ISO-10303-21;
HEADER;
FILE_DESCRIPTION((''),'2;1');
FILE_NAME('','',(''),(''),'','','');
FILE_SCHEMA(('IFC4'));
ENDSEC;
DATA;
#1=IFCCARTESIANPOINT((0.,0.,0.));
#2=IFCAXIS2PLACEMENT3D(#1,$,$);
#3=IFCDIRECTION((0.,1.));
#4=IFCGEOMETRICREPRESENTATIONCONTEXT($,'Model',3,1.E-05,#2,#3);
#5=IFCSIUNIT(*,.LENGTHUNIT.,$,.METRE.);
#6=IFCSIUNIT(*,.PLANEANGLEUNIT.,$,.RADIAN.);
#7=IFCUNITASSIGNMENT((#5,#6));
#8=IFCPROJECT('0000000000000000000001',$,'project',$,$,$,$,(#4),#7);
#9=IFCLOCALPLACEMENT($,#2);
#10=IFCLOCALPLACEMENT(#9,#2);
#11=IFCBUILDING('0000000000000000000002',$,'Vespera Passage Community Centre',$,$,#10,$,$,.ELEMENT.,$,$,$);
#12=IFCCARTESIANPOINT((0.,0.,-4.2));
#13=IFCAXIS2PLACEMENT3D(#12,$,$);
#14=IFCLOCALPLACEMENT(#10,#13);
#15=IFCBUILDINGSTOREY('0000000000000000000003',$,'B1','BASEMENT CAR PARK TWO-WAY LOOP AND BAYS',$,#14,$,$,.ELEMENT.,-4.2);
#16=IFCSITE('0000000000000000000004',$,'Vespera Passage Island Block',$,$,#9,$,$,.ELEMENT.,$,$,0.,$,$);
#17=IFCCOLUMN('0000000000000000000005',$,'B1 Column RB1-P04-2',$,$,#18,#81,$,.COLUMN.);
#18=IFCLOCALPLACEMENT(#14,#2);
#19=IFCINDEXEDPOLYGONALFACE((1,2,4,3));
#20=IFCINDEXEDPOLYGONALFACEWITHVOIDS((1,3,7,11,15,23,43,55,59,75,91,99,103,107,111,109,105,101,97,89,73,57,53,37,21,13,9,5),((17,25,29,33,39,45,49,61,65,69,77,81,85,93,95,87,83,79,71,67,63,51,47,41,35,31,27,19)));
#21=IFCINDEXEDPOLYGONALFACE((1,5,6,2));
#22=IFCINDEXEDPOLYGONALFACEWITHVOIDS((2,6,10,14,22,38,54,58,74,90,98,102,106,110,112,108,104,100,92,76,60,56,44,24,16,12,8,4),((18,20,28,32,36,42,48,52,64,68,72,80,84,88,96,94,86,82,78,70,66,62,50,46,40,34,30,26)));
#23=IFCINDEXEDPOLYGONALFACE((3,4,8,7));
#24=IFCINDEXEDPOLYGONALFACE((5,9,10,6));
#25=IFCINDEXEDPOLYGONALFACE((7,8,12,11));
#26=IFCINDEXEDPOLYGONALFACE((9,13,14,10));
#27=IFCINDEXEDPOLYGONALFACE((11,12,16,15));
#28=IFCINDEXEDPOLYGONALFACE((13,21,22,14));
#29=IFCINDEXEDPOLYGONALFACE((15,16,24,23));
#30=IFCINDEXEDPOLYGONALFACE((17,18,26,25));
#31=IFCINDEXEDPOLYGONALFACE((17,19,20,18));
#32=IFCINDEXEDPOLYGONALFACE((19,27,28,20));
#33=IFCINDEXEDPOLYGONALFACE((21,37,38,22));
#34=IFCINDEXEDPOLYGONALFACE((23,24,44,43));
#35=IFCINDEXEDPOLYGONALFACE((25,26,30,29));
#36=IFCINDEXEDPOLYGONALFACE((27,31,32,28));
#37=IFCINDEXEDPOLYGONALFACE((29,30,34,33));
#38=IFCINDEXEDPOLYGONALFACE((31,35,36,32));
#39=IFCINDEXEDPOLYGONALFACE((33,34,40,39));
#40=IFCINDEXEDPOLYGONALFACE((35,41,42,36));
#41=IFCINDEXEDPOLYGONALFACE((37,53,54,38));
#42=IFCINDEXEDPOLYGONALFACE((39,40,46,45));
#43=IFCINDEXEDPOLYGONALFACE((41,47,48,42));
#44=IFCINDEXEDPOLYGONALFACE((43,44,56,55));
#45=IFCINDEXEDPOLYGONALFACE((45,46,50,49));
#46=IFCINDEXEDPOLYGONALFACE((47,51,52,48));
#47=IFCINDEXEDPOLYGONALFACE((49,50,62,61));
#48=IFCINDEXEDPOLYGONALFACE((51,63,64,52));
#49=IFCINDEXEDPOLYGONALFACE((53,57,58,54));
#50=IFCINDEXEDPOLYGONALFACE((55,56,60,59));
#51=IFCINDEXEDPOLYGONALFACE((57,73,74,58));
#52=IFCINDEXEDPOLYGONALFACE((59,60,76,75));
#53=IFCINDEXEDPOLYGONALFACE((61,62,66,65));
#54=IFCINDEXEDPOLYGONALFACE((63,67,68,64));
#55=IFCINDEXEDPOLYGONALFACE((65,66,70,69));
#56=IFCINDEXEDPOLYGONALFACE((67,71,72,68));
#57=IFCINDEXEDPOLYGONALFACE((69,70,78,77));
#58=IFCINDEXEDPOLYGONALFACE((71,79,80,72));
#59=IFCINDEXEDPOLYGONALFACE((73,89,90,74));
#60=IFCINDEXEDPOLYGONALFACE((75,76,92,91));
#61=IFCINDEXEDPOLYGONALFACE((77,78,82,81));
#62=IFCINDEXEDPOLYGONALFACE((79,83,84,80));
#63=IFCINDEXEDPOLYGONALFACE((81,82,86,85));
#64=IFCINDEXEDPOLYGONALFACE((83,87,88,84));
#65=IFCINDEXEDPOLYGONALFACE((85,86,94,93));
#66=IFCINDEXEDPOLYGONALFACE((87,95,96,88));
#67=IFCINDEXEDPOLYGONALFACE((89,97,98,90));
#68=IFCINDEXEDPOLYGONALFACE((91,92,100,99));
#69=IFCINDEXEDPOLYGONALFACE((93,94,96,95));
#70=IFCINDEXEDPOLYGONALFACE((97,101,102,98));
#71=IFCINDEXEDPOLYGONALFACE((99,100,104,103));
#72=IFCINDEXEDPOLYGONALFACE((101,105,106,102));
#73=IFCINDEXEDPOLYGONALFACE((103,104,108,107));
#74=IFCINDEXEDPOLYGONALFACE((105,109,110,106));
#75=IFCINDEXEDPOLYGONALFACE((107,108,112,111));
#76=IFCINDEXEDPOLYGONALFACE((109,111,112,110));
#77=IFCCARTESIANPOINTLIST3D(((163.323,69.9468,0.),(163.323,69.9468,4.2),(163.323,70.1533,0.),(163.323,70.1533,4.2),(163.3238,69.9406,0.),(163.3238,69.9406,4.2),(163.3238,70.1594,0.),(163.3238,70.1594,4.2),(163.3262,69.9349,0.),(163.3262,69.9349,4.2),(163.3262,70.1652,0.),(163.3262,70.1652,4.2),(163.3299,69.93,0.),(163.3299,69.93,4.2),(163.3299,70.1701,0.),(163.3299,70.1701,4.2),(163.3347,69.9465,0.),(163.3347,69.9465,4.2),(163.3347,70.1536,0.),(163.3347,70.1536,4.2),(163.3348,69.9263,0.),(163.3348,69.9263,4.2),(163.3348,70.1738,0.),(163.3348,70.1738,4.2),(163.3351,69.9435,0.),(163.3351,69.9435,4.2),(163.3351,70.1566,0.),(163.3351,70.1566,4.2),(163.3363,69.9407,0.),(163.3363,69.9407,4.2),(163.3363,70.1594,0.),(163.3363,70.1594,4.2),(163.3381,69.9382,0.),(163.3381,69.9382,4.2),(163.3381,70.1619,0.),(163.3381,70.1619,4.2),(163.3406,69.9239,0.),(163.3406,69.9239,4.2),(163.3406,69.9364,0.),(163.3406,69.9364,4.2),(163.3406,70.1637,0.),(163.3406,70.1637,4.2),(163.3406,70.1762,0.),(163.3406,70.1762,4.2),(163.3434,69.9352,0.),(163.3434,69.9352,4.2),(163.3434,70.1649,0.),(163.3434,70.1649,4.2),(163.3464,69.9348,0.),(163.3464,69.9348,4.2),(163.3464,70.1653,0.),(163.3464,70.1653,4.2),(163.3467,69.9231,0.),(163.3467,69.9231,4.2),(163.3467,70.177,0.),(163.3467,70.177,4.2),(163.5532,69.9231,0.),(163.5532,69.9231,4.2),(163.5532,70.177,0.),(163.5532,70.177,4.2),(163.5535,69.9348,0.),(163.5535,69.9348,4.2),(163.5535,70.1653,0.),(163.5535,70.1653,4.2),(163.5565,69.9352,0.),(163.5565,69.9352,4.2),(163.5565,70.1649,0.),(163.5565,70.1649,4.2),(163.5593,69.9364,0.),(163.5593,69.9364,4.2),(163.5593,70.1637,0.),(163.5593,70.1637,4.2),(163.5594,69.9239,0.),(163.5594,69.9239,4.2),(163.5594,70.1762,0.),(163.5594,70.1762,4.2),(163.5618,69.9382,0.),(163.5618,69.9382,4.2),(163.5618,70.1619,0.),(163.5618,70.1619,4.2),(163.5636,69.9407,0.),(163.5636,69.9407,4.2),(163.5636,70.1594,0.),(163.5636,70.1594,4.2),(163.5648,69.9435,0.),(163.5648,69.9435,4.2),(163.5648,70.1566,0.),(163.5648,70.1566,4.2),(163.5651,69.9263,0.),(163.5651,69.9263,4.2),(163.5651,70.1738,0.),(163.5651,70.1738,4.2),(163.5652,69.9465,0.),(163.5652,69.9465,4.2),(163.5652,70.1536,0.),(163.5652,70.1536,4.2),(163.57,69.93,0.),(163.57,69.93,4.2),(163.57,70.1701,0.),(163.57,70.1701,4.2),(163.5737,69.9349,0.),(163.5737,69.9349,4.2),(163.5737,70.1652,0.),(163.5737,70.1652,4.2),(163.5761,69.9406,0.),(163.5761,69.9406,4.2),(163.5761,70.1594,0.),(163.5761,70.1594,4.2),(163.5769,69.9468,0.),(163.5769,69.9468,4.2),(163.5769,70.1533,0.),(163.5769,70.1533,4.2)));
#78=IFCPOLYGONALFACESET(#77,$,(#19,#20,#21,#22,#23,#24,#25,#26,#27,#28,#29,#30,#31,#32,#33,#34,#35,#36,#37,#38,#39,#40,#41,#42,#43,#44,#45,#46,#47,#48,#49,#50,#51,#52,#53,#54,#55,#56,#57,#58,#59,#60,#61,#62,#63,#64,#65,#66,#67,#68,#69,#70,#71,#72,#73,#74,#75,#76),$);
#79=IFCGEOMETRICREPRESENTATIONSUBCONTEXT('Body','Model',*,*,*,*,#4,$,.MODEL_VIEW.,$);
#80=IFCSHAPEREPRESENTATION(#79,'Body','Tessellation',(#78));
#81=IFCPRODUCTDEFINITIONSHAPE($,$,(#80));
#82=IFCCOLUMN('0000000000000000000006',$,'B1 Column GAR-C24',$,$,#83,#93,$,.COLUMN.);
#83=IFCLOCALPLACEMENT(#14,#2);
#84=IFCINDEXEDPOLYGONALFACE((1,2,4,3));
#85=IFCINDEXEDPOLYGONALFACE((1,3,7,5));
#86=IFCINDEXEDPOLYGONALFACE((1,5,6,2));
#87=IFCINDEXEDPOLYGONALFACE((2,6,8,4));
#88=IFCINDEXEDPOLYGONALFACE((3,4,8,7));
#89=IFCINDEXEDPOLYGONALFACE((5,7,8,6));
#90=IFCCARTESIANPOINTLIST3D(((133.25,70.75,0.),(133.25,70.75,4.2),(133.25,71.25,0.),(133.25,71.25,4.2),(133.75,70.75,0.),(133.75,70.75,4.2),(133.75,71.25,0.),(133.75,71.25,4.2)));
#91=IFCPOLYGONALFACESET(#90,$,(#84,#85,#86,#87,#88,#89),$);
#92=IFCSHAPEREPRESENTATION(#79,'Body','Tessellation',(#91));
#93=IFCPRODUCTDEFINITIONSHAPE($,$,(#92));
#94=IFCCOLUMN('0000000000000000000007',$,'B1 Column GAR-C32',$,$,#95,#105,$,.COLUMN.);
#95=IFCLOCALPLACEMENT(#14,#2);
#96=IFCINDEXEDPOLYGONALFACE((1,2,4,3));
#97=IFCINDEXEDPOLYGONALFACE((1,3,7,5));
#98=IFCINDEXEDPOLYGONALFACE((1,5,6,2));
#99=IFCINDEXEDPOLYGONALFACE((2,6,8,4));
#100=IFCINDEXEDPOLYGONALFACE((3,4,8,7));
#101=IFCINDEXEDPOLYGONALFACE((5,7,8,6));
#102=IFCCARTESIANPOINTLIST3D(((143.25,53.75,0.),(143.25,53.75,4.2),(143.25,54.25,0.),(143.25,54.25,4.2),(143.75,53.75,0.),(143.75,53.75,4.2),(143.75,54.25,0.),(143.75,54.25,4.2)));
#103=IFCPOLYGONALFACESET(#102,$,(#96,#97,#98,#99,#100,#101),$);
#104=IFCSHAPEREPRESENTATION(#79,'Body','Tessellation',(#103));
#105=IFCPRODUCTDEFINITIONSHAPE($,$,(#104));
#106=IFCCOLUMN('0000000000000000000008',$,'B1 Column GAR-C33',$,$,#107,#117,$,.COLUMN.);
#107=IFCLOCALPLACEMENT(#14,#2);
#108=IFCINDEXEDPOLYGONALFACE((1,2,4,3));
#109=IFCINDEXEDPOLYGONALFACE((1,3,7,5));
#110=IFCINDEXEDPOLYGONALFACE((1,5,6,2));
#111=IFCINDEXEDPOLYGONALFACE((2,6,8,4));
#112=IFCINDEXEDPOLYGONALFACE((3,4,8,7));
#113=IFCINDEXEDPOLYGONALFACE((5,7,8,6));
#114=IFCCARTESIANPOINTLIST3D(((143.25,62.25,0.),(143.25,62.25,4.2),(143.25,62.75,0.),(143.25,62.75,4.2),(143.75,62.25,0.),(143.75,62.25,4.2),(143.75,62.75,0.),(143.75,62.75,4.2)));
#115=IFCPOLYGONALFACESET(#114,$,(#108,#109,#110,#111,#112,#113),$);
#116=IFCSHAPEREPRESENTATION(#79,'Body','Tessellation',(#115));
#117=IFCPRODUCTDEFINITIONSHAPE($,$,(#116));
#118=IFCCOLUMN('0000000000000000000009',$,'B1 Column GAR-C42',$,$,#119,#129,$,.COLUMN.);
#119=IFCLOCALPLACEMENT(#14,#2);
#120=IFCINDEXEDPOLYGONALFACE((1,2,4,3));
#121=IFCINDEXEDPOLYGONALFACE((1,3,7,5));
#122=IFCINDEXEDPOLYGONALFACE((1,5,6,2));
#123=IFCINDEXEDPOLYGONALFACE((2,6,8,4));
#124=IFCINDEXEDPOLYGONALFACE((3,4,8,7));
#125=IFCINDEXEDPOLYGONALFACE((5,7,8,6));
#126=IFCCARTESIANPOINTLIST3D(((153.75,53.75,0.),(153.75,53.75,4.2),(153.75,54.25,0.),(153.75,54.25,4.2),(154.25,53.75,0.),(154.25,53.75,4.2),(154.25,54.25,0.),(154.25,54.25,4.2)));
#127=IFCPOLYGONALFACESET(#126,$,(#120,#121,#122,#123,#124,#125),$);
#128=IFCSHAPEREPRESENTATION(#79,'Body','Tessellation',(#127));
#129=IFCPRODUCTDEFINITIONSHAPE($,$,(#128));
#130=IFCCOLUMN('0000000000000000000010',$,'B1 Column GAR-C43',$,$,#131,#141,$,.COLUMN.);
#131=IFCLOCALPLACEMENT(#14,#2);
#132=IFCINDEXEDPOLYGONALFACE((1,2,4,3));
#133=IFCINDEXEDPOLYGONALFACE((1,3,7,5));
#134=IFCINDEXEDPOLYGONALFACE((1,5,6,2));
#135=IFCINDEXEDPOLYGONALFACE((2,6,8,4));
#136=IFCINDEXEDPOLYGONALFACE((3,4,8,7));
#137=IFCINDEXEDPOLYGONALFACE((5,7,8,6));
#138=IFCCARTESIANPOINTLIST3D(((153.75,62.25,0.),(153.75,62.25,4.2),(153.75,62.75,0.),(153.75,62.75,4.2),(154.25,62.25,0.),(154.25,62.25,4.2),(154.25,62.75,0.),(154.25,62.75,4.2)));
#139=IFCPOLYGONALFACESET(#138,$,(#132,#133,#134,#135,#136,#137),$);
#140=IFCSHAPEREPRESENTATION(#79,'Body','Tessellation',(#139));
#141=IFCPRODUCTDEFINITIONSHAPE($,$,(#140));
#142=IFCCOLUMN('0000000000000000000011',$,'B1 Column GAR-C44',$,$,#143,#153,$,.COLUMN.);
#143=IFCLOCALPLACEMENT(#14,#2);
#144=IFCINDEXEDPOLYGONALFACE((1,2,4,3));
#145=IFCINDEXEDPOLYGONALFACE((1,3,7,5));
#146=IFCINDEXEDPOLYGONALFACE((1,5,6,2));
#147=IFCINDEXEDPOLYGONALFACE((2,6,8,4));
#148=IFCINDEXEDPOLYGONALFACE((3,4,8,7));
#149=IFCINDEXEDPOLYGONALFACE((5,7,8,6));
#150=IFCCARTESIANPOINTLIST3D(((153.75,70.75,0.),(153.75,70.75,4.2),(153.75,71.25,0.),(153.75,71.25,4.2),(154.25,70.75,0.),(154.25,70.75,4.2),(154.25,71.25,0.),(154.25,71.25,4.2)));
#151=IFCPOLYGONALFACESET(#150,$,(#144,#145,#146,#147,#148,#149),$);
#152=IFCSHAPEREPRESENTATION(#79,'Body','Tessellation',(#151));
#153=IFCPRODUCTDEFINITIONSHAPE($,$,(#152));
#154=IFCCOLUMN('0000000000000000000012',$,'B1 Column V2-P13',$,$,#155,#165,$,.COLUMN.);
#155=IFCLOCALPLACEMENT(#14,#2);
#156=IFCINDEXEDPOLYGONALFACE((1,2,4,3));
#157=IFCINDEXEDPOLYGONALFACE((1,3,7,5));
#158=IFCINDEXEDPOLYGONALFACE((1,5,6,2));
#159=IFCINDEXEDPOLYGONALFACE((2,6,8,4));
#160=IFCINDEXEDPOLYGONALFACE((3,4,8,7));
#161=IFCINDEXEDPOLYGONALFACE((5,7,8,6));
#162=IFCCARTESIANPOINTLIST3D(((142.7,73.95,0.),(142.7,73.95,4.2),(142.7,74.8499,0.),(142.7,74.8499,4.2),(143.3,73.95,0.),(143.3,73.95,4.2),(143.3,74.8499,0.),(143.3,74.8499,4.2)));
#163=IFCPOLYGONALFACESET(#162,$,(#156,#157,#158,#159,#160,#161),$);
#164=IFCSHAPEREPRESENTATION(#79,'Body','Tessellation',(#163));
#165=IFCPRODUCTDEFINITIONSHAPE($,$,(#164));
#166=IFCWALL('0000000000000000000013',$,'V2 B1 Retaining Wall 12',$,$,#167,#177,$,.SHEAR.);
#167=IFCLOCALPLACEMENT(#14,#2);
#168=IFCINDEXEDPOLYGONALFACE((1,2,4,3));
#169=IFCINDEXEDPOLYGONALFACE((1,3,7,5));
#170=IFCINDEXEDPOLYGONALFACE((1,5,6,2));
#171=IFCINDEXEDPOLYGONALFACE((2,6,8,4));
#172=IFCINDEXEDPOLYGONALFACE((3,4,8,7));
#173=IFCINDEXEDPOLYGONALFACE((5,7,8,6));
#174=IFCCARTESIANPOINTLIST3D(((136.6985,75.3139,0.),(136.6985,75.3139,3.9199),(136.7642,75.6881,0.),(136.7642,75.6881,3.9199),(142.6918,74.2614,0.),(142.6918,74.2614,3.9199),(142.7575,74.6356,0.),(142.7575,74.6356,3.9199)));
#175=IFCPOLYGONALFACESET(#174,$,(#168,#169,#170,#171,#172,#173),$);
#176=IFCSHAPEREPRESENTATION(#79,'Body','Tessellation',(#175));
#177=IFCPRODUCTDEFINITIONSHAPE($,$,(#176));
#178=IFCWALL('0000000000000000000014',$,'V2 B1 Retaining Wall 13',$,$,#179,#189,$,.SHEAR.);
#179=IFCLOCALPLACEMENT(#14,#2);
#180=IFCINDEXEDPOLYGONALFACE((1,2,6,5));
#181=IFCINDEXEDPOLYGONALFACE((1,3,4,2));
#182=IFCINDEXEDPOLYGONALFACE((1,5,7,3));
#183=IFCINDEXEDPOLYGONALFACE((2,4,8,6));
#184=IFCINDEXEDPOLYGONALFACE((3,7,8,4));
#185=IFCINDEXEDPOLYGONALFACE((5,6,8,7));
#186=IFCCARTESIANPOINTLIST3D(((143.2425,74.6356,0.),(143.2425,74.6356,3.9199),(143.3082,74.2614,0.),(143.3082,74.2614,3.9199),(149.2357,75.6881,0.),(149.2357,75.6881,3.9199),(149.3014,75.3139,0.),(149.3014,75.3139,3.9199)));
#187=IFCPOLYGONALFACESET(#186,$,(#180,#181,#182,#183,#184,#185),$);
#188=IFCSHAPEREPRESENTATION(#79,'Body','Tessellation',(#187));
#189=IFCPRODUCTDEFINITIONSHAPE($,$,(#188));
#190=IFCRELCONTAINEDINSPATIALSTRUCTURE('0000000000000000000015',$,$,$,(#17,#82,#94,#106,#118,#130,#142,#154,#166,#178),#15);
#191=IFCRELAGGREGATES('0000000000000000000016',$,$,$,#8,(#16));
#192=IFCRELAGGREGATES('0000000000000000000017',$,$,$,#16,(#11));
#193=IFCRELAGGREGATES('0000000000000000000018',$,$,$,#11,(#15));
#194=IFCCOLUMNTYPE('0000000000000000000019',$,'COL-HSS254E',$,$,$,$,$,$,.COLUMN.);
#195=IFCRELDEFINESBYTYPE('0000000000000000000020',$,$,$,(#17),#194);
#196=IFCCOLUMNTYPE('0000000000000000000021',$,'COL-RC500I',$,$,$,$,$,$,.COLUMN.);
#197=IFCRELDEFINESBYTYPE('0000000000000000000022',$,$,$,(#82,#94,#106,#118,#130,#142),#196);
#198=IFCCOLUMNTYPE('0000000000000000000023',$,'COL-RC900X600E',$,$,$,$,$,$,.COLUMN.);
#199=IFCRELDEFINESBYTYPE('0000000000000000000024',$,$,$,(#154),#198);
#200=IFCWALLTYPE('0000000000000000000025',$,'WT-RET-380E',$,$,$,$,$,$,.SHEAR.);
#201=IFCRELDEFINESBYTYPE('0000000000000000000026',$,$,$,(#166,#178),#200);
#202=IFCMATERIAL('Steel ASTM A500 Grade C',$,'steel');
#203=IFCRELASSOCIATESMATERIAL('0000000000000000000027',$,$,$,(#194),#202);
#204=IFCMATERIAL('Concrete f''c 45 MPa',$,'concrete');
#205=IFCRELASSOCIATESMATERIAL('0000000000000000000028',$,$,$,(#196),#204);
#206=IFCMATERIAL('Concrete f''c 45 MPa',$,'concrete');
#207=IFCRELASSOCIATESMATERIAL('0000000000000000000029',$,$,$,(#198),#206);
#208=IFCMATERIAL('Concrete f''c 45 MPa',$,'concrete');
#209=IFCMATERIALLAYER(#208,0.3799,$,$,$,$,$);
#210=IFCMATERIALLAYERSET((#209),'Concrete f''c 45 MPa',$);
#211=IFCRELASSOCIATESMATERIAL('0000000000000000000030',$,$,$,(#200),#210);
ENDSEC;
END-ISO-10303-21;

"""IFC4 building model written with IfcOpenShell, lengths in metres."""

from ifc_helpers import new_model, si_unit, direction, frame, frame_2d, origin, origin_2d, place, context, subcontext, project, spatial, rectangle, hollow_rectangle, extrude, material, layer, layer_set, material_profile, profile_set, type_object, element, save


model = new_model("IFC4")

# Units and contexts
model_context = context("Model", 3, precision=1e-05, world=origin(), true_north=direction((0.0, 1.0)))
body_context = subcontext(model_context, "Body", "Model", "MODEL_VIEW")
ifc_project = project(units=[si_unit("LENGTHUNIT", "METRE"), si_unit("PLANEANGLEUNIT", "RADIAN")], contexts=[model_context])

# Site, building, storey
site_placement = place(None, origin())
site = spatial("IfcSite", under=ifc_project, at=site_placement, Name="Vespera Passage Island Block", CompositionType="ELEMENT", RefElevation=0.0)
building_placement = place(site_placement, origin())
building = spatial("IfcBuilding", under=site, at=building_placement, Name="Vespera Passage Community Centre", CompositionType="ELEMENT")
storey_placement = place(building_placement, frame((0.0, 0.0, -4.2)))
storey = spatial("IfcBuildingStorey", under=building, at=storey_placement, Name="B1", Description="BASEMENT CAR PARK TWO-WAY LOOP AND BAYS", CompositionType="ELEMENT", Elevation=-4.2)

# Columns
ifc_material_1 = material(Name="Steel ASTM A500 Grade C", Category="steel")
ifc_material_profile_1 = material_profile(ifc_material_1, hollow_rectangle(XDim=0.2539, YDim=0.2539, WallThickness=0.0117, InnerFilletRadius=0.0117, OuterFilletRadius=0.0237, at=origin_2d()), Name="HSS254X254X12.7")
ifc_profile_set_1 = profile_set([ifc_material_profile_1], Name="Steel ASTM A500 Grade C")
column_type_1 = type_object("IfcColumnType", Name="COL-HSS254E", PredefinedType="COLUMN", material=ifc_profile_set_1)
for number, where, z_axis, x_axis, name in (
    (1, (163.45, 70.05, 0.0), (0.0, 0.0, 1.0), (1.0, 0.0, 0.0), "B1 Column RB1-P04-2"),
):
    element("IfcColumn", number, at=place(storey_placement, frame(where, z_axis=z_axis, x_axis=x_axis)), inside=storey, type_object=column_type_1, Name=name, PredefinedType="COLUMN", context=body_context, shape_type="SweptSolid", body=[
        extrude(hollow_rectangle(XDim=0.2539, YDim=0.2539, WallThickness=0.0117, InnerFilletRadius=0.0117, OuterFilletRadius=0.0237, at=origin_2d()), origin(), (0.0, 0.0, 1.0), 4.2),
    ])
ifc_material_2 = material(Name="Concrete f'c 45 MPa", Category="concrete")
ifc_material_profile_2 = material_profile(ifc_material_2, rectangle(XDim=0.5, YDim=0.5, at=origin_2d()), Name="RC500X500")
ifc_profile_set_2 = profile_set([ifc_material_profile_2], Name="Concrete f'c 45 MPa")
column_type_2 = type_object("IfcColumnType", Name="COL-RC500I", PredefinedType="COLUMN", material=ifc_profile_set_2)
for number, where, z_axis, x_axis, name in (
    (2, (133.5, 71.0, 0.0), (0.0, 0.0, 1.0), (1.0, 0.0, 0.0), "B1 Column GAR-C24"),
    (3, (143.5, 54.0, 0.0), (0.0, 0.0, 1.0), (1.0, 0.0, 0.0), "B1 Column GAR-C32"),
    (4, (143.5, 62.5, 0.0), (0.0, 0.0, 1.0), (1.0, 0.0, 0.0), "B1 Column GAR-C33"),
    (5, (154.0, 54.0, 0.0), (0.0, 0.0, 1.0), (1.0, 0.0, 0.0), "B1 Column GAR-C42"),
    (6, (154.0, 62.5, 0.0), (0.0, 0.0, 1.0), (1.0, 0.0, 0.0), "B1 Column GAR-C43"),
    (7, (154.0, 71.0, 0.0), (0.0, 0.0, 1.0), (1.0, 0.0, 0.0), "B1 Column GAR-C44"),
):
    element("IfcColumn", number, at=place(storey_placement, frame(where, z_axis=z_axis, x_axis=x_axis)), inside=storey, type_object=column_type_2, Name=name, PredefinedType="COLUMN", context=body_context, shape_type="SweptSolid", body=[
        extrude(rectangle(XDim=0.5, YDim=0.5, at=origin_2d()), origin(), (0.0, 0.0, 1.0), 4.2),
    ])
ifc_material_3 = material(Name="Concrete f'c 45 MPa", Category="concrete")
ifc_material_profile_3 = material_profile(ifc_material_3, rectangle(XDim=0.6001, YDim=0.8999, at=origin_2d()), Name="RC900X600")
ifc_profile_set_3 = profile_set([ifc_material_profile_3], Name="Concrete f'c 45 MPa")
column_type_3 = type_object("IfcColumnType", Name="COL-RC900X600E", PredefinedType="COLUMN", material=ifc_profile_set_3)
column_placement = place(storey_placement, frame((143.0, 74.3999, 0.0), z_axis=(0.0, 0.0, 1.0), x_axis=(1.0, 0.0, 0.0)))
element("IfcColumn", 8, at=column_placement, inside=storey, type_object=column_type_3, Name="B1 Column V2-P13", PredefinedType="COLUMN", context=body_context, shape_type="SweptSolid", body=[
    extrude(rectangle(XDim=0.6001, YDim=0.8999, at=origin_2d()), origin(), (0.0, 0.0, 1.0), 4.2),
])

# Walls
ifc_material_4 = material(Name="Concrete f'c 45 MPa", Category="concrete")
ifc_layer = layer(ifc_material_4, 0.3799)
ifc_layer_set = layer_set([ifc_layer], Name="Concrete f'c 45 MPa")
wall_type = type_object("IfcWallType", Name="WT-RET-380E", PredefinedType="SHEAR", material=ifc_layer_set)
for number, where, z_axis, x_axis, name in (
    (9, (142.7246, 74.4485, 0.0), (0.0, 0.0, 1.0), (-0.984927, 0.172968, 0.0), "V2 B1 Retaining Wall 12"),
    (10, (149.2686, 75.501, 0.0), (0.0, 0.0, 1.0), (-0.984927, -0.172968, 0.0), "V2 B1 Retaining Wall 13"),
):
    element("IfcWall", number, at=place(storey_placement, frame(where, z_axis=z_axis, x_axis=x_axis)), inside=storey, type_object=wall_type, Name=name, PredefinedType="SHEAR", context=body_context, shape_type="SweptSolid", body=[
        extrude(rectangle(XDim=6.085, YDim=0.3799, at=frame_2d((3.0425, 0.0))), origin(), (0.0, 0.0, 1.0), 3.9199),
    ])

save(model, "model.ifc")
